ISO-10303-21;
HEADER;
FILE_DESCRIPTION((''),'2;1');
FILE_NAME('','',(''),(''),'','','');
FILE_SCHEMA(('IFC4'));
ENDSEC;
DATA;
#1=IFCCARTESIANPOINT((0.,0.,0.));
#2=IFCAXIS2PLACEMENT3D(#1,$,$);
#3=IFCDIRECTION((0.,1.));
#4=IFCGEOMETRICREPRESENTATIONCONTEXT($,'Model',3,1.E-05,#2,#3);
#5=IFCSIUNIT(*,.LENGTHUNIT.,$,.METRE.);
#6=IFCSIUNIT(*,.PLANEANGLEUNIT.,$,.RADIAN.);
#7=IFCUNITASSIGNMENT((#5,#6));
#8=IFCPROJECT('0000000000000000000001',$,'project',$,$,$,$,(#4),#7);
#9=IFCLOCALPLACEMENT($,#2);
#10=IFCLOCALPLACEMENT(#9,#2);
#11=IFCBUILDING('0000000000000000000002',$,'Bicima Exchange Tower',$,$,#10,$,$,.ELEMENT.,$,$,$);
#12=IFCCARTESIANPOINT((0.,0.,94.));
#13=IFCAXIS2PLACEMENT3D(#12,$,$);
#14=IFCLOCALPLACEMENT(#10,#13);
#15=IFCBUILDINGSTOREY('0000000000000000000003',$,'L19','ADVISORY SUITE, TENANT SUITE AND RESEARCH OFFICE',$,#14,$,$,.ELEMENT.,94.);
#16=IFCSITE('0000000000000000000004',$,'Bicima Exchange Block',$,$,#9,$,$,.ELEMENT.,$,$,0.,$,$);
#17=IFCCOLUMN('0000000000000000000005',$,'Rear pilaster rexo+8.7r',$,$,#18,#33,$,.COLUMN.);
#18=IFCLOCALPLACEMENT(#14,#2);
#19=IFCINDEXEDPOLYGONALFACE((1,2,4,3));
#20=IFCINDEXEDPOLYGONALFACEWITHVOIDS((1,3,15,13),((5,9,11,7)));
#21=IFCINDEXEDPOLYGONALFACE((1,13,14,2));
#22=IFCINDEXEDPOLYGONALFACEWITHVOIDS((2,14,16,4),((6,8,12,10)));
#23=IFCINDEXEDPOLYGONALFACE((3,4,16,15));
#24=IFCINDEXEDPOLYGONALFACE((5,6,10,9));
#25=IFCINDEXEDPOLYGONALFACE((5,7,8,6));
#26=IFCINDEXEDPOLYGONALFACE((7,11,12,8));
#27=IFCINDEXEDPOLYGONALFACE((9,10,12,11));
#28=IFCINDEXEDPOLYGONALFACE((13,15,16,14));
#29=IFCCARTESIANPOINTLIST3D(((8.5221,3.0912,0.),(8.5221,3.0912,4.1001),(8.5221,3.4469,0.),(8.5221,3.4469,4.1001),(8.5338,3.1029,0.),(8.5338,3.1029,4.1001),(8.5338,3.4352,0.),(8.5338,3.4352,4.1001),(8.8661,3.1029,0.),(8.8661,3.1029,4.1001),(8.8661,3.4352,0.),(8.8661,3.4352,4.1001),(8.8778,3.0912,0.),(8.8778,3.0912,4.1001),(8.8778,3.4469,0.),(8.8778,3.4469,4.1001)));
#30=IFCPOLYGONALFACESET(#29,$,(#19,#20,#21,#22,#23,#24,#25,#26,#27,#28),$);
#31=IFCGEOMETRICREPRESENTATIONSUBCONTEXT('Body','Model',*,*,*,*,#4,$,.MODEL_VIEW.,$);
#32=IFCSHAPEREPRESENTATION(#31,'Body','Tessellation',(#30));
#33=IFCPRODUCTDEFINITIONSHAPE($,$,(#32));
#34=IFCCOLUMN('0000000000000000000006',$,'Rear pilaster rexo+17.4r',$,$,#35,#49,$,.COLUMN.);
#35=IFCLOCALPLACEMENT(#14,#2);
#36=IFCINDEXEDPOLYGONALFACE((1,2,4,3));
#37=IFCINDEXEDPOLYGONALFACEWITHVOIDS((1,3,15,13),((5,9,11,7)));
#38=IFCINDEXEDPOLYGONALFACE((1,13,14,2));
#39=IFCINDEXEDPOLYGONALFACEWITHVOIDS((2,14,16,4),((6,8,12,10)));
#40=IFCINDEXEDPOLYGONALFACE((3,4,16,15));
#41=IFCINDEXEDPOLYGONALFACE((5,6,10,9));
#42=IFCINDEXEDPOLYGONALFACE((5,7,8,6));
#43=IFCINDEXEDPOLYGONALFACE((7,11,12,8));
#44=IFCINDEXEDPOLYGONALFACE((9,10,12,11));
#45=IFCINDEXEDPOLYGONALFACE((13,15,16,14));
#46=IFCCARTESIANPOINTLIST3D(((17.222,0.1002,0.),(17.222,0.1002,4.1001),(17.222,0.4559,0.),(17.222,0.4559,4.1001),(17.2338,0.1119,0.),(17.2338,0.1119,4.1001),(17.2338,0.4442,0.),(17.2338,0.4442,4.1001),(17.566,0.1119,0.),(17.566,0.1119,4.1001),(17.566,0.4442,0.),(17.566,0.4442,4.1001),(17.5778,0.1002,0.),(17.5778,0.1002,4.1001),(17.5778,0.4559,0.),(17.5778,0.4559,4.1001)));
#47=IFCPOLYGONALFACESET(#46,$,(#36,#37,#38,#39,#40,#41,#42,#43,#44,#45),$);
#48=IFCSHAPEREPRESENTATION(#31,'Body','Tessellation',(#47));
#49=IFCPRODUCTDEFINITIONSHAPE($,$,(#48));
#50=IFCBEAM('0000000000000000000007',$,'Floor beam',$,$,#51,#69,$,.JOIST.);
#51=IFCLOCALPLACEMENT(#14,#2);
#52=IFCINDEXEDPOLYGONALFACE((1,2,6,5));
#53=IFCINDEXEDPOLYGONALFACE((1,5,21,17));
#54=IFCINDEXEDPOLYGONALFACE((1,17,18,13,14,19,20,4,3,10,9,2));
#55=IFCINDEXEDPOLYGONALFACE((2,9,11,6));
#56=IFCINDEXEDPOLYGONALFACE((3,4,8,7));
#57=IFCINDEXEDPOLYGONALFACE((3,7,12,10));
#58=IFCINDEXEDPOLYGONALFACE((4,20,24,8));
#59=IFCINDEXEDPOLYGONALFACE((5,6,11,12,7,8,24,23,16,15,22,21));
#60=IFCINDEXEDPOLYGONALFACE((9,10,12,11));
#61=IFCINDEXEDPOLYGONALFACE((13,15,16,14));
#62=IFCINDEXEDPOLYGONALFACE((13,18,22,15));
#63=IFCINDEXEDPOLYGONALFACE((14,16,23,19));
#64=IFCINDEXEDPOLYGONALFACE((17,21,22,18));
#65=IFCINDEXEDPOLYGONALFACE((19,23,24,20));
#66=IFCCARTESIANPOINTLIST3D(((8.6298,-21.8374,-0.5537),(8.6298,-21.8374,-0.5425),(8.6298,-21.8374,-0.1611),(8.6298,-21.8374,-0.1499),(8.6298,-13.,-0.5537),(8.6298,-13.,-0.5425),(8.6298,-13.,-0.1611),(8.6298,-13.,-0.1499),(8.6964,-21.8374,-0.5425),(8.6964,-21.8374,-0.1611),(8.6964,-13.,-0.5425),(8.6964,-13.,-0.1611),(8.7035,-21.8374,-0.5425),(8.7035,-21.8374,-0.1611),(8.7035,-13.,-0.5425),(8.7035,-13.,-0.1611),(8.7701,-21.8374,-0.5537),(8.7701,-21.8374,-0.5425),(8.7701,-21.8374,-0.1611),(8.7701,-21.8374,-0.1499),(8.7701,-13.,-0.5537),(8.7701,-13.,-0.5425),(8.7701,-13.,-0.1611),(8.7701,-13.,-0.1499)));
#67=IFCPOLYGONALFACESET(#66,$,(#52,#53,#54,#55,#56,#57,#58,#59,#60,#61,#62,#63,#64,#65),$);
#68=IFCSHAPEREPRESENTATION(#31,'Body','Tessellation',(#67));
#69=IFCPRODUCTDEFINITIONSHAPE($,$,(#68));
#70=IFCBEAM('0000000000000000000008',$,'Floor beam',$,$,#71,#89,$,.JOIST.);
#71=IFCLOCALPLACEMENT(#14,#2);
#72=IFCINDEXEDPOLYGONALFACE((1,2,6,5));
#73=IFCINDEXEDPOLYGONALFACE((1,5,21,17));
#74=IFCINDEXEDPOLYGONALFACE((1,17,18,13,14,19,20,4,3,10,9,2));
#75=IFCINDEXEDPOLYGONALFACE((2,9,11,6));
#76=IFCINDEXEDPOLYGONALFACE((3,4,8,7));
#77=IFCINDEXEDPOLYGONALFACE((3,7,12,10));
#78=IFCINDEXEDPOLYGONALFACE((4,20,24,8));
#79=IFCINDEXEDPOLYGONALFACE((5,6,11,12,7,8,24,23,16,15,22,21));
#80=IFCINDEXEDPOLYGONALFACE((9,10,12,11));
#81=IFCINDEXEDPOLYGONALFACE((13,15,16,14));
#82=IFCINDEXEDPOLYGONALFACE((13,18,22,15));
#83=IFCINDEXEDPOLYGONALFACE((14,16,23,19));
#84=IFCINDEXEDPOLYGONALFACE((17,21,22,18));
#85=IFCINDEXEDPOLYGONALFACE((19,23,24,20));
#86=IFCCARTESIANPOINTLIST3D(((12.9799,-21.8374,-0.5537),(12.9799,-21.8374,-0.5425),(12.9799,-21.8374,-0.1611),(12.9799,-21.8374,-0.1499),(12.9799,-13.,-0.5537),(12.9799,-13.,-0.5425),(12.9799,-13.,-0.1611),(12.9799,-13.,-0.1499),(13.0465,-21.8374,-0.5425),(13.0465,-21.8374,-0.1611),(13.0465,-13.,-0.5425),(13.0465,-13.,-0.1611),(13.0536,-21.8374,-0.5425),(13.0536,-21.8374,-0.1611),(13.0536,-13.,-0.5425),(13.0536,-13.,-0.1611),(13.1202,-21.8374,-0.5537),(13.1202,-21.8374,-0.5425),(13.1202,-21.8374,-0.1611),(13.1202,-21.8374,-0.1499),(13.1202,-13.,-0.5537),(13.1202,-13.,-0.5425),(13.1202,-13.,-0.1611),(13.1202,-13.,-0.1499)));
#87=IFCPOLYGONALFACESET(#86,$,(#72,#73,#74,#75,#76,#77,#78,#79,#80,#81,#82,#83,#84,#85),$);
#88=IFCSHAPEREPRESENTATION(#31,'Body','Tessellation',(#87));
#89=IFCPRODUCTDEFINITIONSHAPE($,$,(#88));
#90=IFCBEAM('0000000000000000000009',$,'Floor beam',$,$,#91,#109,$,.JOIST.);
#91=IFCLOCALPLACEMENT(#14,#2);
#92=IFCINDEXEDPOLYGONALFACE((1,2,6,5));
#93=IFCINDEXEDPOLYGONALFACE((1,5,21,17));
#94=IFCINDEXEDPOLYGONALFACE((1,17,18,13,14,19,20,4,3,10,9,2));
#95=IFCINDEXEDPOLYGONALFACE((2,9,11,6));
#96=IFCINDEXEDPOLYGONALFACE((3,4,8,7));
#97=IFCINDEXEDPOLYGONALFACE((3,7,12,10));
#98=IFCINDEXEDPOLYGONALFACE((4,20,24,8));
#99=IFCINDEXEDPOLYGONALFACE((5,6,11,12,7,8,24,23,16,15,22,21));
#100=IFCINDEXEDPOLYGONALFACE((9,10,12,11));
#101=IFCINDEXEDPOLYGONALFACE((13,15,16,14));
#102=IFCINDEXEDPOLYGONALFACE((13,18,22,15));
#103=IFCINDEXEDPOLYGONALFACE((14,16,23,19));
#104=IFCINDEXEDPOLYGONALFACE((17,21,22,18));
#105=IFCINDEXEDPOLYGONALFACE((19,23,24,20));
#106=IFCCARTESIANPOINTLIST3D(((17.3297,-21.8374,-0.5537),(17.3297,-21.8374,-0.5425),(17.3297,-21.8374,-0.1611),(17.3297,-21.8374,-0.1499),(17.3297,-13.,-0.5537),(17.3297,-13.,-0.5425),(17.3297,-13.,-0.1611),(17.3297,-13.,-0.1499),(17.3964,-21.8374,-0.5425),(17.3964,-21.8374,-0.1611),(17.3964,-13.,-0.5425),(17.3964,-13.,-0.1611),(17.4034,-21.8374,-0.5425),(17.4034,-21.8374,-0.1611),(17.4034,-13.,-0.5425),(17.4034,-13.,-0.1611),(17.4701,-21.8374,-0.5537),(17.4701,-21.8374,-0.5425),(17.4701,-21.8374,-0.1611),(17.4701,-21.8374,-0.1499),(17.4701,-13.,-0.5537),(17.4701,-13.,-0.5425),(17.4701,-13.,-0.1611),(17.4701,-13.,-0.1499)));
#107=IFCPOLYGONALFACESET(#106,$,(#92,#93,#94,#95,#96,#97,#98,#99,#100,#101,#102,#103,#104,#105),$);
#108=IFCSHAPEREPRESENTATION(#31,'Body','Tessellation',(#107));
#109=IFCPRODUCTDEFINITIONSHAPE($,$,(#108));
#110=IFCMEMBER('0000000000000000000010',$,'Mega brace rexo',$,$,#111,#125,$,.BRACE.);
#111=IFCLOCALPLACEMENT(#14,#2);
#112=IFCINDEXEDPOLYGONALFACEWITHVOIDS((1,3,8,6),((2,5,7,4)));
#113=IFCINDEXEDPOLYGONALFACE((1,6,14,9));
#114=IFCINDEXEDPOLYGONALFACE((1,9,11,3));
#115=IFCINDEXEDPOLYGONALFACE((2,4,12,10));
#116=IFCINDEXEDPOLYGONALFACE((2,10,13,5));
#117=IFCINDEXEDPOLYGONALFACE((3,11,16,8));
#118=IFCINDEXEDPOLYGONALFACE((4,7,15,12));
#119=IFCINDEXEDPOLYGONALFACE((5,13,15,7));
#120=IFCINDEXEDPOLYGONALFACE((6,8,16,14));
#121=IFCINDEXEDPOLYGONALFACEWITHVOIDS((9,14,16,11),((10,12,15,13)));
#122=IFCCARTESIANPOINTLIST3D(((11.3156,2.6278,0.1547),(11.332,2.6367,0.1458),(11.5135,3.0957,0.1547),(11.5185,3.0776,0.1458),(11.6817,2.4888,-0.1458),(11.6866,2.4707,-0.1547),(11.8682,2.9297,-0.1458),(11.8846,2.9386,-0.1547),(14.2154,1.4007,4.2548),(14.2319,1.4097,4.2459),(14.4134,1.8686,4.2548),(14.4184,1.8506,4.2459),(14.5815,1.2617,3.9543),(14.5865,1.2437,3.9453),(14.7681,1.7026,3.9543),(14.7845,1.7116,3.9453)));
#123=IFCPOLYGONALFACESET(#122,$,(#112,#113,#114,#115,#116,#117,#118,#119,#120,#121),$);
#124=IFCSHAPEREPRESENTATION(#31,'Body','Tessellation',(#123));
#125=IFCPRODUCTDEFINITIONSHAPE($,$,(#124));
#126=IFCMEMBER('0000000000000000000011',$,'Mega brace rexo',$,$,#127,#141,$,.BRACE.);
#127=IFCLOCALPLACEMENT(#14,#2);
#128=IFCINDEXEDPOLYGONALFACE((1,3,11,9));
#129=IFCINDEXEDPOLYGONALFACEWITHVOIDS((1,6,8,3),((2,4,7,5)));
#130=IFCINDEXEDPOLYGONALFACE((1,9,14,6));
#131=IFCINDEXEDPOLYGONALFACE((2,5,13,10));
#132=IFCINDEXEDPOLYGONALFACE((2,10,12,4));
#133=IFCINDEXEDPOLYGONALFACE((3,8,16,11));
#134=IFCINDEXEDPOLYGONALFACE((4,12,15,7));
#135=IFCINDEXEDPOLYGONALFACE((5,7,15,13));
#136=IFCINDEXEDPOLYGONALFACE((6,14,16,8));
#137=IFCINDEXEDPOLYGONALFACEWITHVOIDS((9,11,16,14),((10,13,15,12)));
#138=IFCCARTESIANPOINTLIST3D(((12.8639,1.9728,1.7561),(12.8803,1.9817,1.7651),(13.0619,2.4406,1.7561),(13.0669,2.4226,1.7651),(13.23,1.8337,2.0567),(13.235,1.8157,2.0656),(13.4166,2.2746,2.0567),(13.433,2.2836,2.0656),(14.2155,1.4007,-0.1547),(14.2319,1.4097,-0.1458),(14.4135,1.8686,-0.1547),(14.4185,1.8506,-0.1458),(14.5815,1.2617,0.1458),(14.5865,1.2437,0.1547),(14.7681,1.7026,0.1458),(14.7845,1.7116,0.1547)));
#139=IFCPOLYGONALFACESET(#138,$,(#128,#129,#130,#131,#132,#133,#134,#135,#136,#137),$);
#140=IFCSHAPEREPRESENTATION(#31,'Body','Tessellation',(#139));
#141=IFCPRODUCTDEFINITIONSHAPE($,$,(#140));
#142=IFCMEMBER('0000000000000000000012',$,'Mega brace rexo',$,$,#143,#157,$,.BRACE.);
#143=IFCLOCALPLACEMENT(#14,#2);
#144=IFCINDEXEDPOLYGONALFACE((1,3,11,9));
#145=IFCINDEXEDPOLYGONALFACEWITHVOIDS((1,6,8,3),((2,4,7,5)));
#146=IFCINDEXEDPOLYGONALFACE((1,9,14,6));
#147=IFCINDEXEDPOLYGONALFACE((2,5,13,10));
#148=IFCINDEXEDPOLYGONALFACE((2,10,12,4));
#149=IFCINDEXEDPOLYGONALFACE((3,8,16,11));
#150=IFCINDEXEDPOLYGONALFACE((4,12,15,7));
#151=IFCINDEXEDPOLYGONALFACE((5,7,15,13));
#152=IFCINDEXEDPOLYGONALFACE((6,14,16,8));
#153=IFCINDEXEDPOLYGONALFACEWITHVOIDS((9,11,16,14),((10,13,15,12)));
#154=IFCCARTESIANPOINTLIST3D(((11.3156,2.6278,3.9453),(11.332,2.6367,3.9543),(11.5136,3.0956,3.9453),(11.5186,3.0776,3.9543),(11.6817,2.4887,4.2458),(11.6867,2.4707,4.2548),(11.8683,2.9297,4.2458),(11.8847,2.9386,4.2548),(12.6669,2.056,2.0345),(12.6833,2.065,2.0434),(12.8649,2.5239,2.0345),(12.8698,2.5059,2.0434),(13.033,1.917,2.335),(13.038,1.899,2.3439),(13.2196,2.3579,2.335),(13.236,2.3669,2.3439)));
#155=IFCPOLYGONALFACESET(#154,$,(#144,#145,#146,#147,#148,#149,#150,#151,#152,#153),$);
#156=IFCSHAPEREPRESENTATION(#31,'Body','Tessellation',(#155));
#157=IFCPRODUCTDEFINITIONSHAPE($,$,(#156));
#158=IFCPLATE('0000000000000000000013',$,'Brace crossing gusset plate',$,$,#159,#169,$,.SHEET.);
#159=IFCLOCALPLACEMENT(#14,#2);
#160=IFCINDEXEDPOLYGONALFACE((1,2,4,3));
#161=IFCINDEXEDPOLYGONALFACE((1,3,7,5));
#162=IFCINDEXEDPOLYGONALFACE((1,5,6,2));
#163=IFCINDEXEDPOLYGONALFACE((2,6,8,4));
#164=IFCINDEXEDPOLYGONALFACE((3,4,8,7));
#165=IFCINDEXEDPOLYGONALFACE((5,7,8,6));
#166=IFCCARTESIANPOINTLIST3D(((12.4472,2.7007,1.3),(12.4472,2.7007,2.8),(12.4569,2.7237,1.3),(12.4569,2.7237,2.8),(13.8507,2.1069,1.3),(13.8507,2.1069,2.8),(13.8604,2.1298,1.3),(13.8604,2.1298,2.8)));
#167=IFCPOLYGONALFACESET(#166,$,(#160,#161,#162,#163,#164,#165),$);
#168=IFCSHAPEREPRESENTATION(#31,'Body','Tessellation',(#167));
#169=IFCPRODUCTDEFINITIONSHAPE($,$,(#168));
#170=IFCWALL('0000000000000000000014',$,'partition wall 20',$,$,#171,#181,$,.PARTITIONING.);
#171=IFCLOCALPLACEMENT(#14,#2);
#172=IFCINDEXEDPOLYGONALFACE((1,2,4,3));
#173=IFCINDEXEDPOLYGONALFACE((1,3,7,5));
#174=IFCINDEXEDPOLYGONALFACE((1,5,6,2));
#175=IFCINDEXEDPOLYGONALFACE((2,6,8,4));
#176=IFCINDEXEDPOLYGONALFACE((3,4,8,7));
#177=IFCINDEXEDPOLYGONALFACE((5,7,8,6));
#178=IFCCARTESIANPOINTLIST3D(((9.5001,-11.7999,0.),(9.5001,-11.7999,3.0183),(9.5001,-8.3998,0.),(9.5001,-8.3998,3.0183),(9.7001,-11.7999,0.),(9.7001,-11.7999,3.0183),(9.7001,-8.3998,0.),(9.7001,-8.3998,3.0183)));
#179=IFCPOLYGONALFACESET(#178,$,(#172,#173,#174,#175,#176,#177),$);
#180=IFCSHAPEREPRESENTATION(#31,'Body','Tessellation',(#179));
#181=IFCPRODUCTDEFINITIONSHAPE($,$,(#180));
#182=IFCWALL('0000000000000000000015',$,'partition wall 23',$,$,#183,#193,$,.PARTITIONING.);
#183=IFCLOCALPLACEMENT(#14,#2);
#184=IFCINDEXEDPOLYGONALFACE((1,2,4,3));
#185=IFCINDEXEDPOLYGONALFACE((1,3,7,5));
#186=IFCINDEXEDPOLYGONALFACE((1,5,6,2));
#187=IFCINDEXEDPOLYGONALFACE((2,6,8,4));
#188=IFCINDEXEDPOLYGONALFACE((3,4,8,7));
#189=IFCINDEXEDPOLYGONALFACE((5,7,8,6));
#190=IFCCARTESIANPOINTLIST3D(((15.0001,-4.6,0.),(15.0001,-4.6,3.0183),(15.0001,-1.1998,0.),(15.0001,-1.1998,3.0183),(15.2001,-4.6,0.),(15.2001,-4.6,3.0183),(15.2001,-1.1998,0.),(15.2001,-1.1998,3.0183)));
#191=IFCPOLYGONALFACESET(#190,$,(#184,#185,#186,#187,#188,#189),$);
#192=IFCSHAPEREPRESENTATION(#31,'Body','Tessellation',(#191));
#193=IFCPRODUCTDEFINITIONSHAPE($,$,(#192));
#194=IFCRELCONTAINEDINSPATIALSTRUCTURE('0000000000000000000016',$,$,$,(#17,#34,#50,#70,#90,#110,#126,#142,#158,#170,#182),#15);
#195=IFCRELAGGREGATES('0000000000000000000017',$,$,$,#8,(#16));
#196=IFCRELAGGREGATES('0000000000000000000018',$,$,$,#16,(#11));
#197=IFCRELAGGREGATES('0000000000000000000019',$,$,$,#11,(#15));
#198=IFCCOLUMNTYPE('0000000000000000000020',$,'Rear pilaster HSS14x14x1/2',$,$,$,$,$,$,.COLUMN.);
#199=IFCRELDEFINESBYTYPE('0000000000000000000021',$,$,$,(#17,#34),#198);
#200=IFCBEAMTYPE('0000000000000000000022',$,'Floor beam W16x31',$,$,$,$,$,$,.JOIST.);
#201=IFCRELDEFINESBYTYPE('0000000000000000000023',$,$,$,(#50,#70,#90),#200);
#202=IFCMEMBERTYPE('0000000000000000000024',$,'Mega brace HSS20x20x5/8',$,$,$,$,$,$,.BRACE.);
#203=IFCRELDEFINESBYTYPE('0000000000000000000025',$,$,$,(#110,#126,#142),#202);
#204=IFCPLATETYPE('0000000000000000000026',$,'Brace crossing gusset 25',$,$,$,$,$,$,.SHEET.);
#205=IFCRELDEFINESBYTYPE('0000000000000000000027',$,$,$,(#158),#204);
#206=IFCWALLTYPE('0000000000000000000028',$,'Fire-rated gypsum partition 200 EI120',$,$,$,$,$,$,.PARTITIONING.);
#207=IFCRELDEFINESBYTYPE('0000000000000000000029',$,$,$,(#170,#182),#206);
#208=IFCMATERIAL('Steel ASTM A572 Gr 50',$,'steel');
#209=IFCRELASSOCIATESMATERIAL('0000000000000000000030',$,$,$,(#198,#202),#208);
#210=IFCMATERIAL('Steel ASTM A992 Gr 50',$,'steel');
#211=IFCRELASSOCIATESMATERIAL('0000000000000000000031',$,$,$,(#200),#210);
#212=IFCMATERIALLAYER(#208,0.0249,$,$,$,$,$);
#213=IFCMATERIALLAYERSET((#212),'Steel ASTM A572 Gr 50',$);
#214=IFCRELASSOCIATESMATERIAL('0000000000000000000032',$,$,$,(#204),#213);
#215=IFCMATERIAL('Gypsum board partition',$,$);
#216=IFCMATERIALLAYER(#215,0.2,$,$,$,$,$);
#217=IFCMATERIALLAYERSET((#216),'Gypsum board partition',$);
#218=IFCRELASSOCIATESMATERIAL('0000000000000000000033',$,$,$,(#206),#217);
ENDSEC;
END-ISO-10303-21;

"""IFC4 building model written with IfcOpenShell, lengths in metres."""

from ifc_helpers import new_model, si_unit, direction, frame, frame_2d, origin, origin_2d, place, context, subcontext, project, spatial, rectangle, hollow_rectangle, i_section, extrude, material, layer, layer_set, material_profile, profile_set, type_object, element, save


model = new_model("IFC4")

# Units and contexts
model_context = context("Model", 3, precision=1e-05, world=origin(), true_north=direction((0.0, 1.0)))
body_context = subcontext(model_context, "Body", "Model", "MODEL_VIEW")
ifc_project = project(units=[si_unit("LENGTHUNIT", "METRE"), si_unit("PLANEANGLEUNIT", "RADIAN")], contexts=[model_context])

# Site, building, storey
site_placement = place(None, origin())
site = spatial("IfcSite", under=ifc_project, at=site_placement, Name="Bicima Exchange Block", CompositionType="ELEMENT", RefElevation=0.0)
building_placement = place(site_placement, origin())
building = spatial("IfcBuilding", under=site, at=building_placement, Name="Bicima Exchange Tower", CompositionType="ELEMENT")
storey_placement = place(building_placement, frame((0.0, 0.0, 94.0)))
storey = spatial("IfcBuildingStorey", under=building, at=storey_placement, Name="L19", Description="ADVISORY SUITE, TENANT SUITE AND RESEARCH OFFICE", CompositionType="ELEMENT", Elevation=94.0)

# Columns
ifc_material_1 = material(Name="Steel ASTM A572 Gr 50", Category="steel")
ifc_material_profile_1 = material_profile(ifc_material_1, hollow_rectangle(XDim=0.3557, YDim=0.3557, WallThickness=0.0117, at=origin_2d()))
ifc_profile_set_1 = profile_set([ifc_material_profile_1], Name="Steel ASTM A572 Gr 50")
column_type = type_object("IfcColumnType", Name="Rear pilaster HSS14x14x1/2", PredefinedType="COLUMN", material=ifc_profile_set_1)
for number, where, z_axis, x_axis, name in (
    (1, (8.7, 3.269, 0.0), (0.0, 0.0, 1.0), (1.0, 0.0, 0.0), "Rear pilaster rexo+8.7r"),
    (2, (17.3999, 0.2781, 0.0), (0.0, 0.0, 1.0), (1.0, 0.0, 0.0), "Rear pilaster rexo+17.4r"),
):
    element("IfcColumn", number, at=place(storey_placement, frame(where, z_axis=z_axis, x_axis=x_axis)), inside=storey, type_object=column_type, Name=name, PredefinedType="COLUMN", context=body_context, shape_type="SweptSolid", body=[
        extrude(hollow_rectangle(XDim=0.3557, YDim=0.3557, WallThickness=0.0117, at=origin_2d()), origin(), (0.0, 0.0, 1.0), 4.1001),
    ])

# Beams
ifc_material_2 = material(Name="Steel ASTM A992 Gr 50", Category="steel")
ifc_material_profile_2 = material_profile(ifc_material_2, i_section(OverallWidth=0.1404, OverallDepth=0.4038, WebThickness=0.0071, FlangeThickness=0.0112, at=origin_2d()))
ifc_profile_set_2 = profile_set([ifc_material_profile_2], Name="Steel ASTM A992 Gr 50")
beam_type = type_object("IfcBeamType", Name="Floor beam W16x31", PredefinedType="JOIST", material=ifc_profile_set_2)
for number, where, z_axis, x_axis, name in (
    (3, (8.7, -13.0, -0.3518), (0.0, -1.0, 0.0), (1.0, 0.0, 0.0), "Floor beam"),
    (4, (13.05, -13.0, -0.3518), (0.0, -1.0, 0.0), (1.0, 0.0, 0.0), "Floor beam"),
    (5, (17.3999, -13.0, -0.3518), (0.0, -1.0, 0.0), (1.0, 0.0, 0.0), "Floor beam"),
):
    element("IfcBeam", number, at=place(storey_placement, frame(where, z_axis=z_axis, x_axis=x_axis)), inside=storey, type_object=beam_type, Name=name, PredefinedType="JOIST", context=body_context, shape_type="SweptSolid", body=[
        extrude(i_section(OverallWidth=0.1404, OverallDepth=0.4038, WebThickness=0.0071, FlangeThickness=0.0112, at=origin_2d()), origin(), (0.0, 0.0, 1.0), 8.8374),
    ])

# Members
ifc_material_profile_3 = material_profile(ifc_material_1, hollow_rectangle(XDim=0.5081, YDim=0.5081, WallThickness=0.0146, at=origin_2d()))
ifc_profile_set_3 = profile_set([ifc_material_profile_3], Name="Steel ASTM A572 Gr 50")
member_type = type_object("IfcMemberType", Name="Mega brace HSS20x20x5/8", PredefinedType="BRACE", material=ifc_profile_set_3)
member_1_placement = place(storey_placement, frame((11.6001, 2.7832, 0.0), z_axis=(0.560941, -0.237354, 0.7931), x_axis=(0.389686, 0.920948, 0.0)))
element("IfcMember", 6, at=member_1_placement, inside=storey, type_object=member_type, Name="Mega brace rexo", PredefinedType="BRACE", context=body_context, shape_type="SweptSolid", body=[
    extrude(hollow_rectangle(XDim=0.5081, YDim=0.5081, WallThickness=0.0146, at=origin_2d()), origin(), (0.0, 0.0, 1.0), 5.1697),
])
member_2_placement = place(storey_placement, frame((14.5, 1.5562, 0.0), z_axis=(-0.560943, 0.237408, 0.793082), x_axis=(-0.389759, -0.920917, 0.0)))
element("IfcMember", 7, at=member_2_placement, inside=storey, type_object=member_type, Name="Mega brace rexo", PredefinedType="BRACE", context=body_context, shape_type="SweptSolid", body=[
    extrude(hollow_rectangle(XDim=0.5081, YDim=0.5081, WallThickness=0.0146, at=origin_2d()), origin(), (0.0, 0.0, 1.0), 2.4094),
])
member_3_placement = place(storey_placement, frame((12.9514, 2.2114, 2.1892), z_axis=(-0.560888, 0.237326, 0.793147), x_axis=(-0.389678, -0.920951, 0.0)))
element("IfcMember", 8, at=member_3_placement, inside=storey, type_object=member_type, Name="Mega brace rexo", PredefinedType="BRACE", context=body_context, shape_type="SweptSolid", body=[
    extrude(hollow_rectangle(XDim=0.5081, YDim=0.5081, WallThickness=0.0146, at=origin_2d()), origin(), (0.0, 0.0, 1.0), 2.4092),
])

# Plate
ifc_layer_1 = layer(ifc_material_1, 0.0249)
ifc_layer_set_1 = layer_set([ifc_layer_1], Name="Steel ASTM A572 Gr 50")
plate_type = type_object("IfcPlateType", Name="Brace crossing gusset 25", PredefinedType="SHEET", material=ifc_layer_set_1)
plate_placement = place(storey_placement, frame((13.1538, 2.4153, 1.3), z_axis=(0.0, 0.0, 1.0), x_axis=(0.920946, -0.38969, 0.0)))
element("IfcPlate", 9, at=plate_placement, inside=storey, type_object=plate_type, Name="Brace crossing gusset plate", PredefinedType="SHEET", context=body_context, shape_type="SweptSolid", body=[
    extrude(rectangle(XDim=1.5239, YDim=0.0249, at=origin_2d()), origin(), (0.0, 0.0, 1.0), 1.5),
])

# Walls
ifc_material_3 = material(Name="Gypsum board partition")
ifc_layer_2 = layer(ifc_material_3, 0.2)
ifc_layer_set_2 = layer_set([ifc_layer_2], Name="Gypsum board partition")
wall_type_1 = type_object("IfcWallType", Name="Fire-rated gypsum partition 200 EI120", PredefinedType="PARTITIONING", material=ifc_layer_set_2)
for number, where, z_axis, x_axis, name in (
    (10, (9.6001, -11.8, 0.0), (0.0, 0.0, 1.0), (0.0, 1.0, 0.0), "partition wall 20"),
    (11, (15.1001, -4.6001, 0.0), (0.0, 0.0, 1.0), (0.0, 1.0, 0.0), "partition wall 23"),
):
    element("IfcWall", number, at=place(storey_placement, frame(where, z_axis=z_axis, x_axis=x_axis)), inside=storey, type_object=wall_type_1, Name=name, PredefinedType="PARTITIONING", context=body_context, shape_type="SweptSolid", body=[
        extrude(rectangle(XDim=3.4001, YDim=0.2, at=frame_2d((1.7002, 0.0))), origin(), (0.0, 0.0, 1.0), 3.0183),
    ])

save(model, "model.ifc")
